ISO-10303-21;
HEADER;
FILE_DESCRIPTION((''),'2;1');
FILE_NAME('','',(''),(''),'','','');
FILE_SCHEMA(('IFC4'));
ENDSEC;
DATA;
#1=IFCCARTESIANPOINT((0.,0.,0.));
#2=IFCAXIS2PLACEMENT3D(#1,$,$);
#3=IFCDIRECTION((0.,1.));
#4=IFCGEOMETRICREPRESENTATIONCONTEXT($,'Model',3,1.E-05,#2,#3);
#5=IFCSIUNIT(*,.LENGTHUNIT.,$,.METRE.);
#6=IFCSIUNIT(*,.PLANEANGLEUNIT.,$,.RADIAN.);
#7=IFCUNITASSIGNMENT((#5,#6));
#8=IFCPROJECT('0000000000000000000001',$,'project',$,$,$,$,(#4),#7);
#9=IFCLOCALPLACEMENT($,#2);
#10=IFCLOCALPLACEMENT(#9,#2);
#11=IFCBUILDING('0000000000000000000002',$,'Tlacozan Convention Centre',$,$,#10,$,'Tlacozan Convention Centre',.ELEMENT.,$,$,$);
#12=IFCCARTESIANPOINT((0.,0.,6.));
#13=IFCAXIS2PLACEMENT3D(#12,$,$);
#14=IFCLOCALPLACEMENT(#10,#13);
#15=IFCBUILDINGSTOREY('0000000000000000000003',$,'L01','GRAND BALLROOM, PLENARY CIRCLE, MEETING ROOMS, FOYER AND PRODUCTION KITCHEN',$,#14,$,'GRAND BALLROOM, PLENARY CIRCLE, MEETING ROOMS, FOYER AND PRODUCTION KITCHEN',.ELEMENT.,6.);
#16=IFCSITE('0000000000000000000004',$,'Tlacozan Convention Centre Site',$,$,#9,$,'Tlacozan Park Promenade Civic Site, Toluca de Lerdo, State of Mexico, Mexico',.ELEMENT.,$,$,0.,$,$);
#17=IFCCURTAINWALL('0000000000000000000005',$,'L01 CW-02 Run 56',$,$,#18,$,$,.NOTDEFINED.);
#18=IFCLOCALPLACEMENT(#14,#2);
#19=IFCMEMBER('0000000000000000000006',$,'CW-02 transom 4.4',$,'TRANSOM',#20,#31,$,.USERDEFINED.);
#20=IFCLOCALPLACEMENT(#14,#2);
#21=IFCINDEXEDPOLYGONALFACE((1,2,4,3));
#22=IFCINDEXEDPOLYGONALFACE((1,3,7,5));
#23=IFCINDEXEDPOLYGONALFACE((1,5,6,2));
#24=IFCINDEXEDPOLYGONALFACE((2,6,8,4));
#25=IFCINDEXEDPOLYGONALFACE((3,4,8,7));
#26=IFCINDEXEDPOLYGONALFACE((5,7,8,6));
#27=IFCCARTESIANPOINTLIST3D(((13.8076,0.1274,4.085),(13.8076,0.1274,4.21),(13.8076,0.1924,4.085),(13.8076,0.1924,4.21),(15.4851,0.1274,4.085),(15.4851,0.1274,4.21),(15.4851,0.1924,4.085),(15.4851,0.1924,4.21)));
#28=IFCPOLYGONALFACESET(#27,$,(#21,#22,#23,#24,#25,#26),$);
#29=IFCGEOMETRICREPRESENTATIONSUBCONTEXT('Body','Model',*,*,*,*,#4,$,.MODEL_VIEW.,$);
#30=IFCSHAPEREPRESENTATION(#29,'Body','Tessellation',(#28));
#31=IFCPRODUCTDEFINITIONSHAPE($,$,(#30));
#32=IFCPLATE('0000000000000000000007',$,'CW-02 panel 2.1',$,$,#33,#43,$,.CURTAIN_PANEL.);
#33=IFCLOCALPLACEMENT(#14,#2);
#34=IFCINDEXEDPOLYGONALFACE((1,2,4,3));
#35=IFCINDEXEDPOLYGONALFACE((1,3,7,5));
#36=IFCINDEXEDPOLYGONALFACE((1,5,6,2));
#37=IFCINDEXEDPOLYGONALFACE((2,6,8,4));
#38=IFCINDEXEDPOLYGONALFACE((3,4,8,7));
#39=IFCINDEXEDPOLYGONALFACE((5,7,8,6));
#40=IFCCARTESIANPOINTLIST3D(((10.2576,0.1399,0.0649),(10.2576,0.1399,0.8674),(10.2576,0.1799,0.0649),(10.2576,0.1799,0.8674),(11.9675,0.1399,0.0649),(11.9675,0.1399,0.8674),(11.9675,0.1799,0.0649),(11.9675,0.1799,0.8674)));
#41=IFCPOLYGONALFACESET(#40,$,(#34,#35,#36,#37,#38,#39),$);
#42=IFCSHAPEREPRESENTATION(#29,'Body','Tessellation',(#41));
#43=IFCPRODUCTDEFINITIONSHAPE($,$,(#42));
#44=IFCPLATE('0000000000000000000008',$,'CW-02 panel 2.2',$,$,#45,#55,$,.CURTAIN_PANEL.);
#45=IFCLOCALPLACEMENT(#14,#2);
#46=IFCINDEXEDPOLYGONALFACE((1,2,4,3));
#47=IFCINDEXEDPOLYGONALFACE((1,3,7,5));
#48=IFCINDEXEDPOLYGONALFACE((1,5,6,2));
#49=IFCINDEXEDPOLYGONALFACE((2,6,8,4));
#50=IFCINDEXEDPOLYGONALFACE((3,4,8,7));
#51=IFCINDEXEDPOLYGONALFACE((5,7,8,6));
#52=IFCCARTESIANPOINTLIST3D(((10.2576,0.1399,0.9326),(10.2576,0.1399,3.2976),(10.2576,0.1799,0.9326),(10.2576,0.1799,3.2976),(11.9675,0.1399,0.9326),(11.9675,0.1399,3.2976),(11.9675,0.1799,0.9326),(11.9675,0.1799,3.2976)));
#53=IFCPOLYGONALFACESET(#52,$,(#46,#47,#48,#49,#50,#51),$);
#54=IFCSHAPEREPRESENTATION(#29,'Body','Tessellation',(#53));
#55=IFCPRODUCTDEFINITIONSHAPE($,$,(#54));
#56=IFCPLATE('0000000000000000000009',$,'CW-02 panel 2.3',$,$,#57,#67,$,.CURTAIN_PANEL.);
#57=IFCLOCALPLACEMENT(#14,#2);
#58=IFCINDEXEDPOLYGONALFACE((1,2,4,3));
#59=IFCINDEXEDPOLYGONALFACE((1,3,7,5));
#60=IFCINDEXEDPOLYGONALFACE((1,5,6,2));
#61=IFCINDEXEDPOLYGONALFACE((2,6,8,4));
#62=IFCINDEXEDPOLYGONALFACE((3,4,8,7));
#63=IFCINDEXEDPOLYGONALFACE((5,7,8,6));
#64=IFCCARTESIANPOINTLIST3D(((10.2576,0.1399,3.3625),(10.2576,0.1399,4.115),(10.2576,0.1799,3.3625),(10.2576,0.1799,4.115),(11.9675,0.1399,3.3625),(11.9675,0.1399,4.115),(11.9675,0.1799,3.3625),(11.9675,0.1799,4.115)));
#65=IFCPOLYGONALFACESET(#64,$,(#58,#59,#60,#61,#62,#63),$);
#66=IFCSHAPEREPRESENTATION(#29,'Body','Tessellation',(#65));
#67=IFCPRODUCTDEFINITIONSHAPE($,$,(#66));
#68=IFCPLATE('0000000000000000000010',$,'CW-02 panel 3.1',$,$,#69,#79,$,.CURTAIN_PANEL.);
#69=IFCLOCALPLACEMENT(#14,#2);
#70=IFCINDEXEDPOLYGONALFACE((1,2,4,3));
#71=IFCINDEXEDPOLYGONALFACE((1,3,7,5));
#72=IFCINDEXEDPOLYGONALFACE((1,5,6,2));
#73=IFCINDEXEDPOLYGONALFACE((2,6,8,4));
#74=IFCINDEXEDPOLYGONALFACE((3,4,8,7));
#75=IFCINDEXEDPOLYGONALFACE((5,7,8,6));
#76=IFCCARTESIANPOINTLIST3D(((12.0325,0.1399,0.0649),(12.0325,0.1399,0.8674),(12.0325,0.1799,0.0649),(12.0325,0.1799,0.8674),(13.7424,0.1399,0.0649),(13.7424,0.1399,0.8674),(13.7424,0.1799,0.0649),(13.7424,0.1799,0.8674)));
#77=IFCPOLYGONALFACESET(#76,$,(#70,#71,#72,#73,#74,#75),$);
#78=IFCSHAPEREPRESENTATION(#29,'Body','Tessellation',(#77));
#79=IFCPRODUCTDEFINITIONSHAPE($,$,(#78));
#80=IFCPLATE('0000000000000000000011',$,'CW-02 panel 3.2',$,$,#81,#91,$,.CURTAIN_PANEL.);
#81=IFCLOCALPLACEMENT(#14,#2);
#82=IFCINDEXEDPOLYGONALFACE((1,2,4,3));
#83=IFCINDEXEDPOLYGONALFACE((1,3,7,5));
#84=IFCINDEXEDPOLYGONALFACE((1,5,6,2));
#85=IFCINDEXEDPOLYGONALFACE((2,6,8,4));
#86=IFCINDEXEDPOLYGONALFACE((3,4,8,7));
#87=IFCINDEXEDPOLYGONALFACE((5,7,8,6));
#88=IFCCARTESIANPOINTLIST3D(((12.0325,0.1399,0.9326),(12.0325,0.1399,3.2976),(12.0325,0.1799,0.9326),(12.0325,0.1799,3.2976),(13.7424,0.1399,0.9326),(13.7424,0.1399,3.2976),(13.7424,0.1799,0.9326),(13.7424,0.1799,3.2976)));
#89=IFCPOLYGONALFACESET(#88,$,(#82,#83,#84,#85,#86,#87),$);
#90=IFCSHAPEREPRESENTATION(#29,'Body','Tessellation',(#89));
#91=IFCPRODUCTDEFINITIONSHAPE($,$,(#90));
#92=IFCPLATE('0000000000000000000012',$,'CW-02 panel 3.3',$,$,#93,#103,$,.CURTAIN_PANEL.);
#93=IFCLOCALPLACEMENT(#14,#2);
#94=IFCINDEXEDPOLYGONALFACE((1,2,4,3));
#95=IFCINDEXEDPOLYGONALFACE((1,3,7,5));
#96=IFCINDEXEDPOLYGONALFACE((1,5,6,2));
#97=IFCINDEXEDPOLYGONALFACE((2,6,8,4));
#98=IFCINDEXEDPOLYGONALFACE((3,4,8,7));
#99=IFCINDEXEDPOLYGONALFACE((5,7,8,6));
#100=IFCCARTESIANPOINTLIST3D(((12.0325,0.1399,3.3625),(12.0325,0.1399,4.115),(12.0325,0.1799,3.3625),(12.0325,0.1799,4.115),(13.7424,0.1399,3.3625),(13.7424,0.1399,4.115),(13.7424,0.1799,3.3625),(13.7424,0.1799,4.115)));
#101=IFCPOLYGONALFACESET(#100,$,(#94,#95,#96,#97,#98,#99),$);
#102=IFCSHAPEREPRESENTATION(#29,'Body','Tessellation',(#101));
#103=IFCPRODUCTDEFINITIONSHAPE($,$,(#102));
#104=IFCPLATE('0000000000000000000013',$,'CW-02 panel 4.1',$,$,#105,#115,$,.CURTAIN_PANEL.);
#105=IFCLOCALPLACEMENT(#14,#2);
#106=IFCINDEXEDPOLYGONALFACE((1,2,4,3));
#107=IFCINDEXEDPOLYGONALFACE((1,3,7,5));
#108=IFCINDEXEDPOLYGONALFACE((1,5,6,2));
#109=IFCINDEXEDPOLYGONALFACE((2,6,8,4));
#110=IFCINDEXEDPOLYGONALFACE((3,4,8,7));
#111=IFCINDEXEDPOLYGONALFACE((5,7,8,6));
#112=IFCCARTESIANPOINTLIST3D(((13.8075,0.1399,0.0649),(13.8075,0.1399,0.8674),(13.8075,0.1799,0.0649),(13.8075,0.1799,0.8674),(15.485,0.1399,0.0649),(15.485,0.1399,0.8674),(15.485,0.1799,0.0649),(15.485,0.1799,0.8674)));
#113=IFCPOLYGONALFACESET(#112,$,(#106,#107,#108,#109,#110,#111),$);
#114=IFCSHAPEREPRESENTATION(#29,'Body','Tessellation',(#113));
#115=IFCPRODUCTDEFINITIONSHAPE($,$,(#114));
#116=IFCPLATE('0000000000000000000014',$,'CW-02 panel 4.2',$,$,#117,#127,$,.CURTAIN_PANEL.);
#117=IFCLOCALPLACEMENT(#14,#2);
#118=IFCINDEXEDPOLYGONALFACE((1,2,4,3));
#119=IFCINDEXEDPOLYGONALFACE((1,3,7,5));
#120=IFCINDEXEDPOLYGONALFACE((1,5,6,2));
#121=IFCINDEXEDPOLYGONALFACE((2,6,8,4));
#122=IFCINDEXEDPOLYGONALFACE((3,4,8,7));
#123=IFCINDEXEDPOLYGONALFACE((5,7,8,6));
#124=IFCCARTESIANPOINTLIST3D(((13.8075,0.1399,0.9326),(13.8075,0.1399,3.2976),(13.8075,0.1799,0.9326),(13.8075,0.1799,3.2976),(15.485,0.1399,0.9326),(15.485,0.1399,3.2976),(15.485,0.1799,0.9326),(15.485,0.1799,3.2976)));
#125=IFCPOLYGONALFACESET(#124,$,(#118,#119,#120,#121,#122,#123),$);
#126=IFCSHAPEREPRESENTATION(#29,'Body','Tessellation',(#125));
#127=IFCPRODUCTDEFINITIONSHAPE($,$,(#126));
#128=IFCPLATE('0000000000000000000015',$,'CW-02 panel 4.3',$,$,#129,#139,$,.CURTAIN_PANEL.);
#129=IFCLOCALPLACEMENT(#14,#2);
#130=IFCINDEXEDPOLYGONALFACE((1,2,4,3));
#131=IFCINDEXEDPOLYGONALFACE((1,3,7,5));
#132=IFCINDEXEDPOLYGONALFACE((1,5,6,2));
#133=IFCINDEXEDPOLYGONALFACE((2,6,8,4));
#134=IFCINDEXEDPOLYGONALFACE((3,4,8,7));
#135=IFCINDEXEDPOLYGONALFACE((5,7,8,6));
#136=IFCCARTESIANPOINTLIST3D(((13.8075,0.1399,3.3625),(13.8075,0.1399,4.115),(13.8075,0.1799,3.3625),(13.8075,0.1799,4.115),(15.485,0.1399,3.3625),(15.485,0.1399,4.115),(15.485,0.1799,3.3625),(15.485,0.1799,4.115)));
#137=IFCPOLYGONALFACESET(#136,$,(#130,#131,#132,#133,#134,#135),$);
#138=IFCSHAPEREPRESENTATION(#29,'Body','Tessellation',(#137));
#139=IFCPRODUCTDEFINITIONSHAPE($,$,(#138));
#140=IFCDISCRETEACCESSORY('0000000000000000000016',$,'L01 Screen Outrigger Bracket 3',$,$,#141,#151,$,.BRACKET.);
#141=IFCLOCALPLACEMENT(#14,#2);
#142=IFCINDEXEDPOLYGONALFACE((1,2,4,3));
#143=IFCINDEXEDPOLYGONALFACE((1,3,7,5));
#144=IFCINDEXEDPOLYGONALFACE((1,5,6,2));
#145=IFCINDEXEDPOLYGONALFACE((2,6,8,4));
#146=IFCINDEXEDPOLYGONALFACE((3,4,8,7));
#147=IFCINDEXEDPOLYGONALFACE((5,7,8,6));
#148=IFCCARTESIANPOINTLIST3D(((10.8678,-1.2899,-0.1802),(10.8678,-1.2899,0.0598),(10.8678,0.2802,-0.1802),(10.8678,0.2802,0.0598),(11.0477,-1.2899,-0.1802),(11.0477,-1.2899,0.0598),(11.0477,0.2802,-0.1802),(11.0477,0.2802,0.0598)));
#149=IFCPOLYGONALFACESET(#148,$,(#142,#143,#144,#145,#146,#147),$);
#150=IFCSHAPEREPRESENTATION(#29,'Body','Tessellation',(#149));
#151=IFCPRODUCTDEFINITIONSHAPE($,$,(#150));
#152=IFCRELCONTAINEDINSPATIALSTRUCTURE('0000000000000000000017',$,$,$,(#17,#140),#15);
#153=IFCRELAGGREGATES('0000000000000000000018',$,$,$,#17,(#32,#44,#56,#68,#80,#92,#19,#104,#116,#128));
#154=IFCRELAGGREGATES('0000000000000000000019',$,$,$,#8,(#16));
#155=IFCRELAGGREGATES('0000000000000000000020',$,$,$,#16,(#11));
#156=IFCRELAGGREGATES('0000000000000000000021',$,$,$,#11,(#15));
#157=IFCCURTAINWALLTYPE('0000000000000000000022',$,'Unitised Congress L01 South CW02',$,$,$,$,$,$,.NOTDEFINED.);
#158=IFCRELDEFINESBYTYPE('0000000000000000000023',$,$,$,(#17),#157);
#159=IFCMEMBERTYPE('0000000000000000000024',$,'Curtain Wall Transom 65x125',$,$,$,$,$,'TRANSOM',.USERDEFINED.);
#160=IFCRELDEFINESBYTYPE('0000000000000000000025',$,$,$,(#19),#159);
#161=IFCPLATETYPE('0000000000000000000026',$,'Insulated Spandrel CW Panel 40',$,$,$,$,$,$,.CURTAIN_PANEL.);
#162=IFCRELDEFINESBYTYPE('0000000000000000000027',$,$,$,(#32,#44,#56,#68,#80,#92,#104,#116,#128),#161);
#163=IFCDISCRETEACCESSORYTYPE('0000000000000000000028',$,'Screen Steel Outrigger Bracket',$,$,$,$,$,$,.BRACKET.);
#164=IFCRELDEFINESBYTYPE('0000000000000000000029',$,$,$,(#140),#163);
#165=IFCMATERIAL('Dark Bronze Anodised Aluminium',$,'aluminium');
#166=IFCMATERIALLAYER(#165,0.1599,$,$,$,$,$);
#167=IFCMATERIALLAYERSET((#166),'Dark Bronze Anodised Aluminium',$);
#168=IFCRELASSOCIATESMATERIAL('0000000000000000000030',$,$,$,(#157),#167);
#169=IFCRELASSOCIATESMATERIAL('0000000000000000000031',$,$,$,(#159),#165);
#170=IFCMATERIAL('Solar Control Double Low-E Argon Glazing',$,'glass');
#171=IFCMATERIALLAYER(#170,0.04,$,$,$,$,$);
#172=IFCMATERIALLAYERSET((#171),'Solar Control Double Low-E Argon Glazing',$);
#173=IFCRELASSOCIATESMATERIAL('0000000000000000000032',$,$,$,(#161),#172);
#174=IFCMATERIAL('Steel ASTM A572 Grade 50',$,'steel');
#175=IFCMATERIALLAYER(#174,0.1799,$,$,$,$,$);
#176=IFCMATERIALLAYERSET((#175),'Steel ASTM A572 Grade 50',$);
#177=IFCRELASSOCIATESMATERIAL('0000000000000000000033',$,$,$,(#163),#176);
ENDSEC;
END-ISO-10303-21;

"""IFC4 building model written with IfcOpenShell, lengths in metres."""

from ifc_helpers import new_model, si_unit, direction, frame, origin, origin_2d, place, context, subcontext, project, spatial, rectangle, extrude, material, layer, layer_set, material_profile, profile_set, type_object, element, aggregate, save


model = new_model("IFC4")

# Units and contexts
model_context = context("Model", 3, precision=1e-05, world=origin(), true_north=direction((0.0, 1.0)))
body_context = subcontext(model_context, "Body", "Model", "MODEL_VIEW")
ifc_project = project(units=[si_unit("LENGTHUNIT", "METRE"), si_unit("PLANEANGLEUNIT", "RADIAN")], contexts=[model_context])

# Site, building, storey
site_placement = place(None, origin())
site = spatial("IfcSite", under=ifc_project, at=site_placement, Name="Tlacozan Convention Centre Site", LongName="Tlacozan Park Promenade Civic Site, Toluca de Lerdo, State of Mexico, Mexico", CompositionType="ELEMENT", RefElevation=0.0)
building_placement = place(site_placement, origin())
building = spatial("IfcBuilding", under=site, at=building_placement, Name="Tlacozan Convention Centre", LongName="Tlacozan Convention Centre", CompositionType="ELEMENT")
storey_placement = place(building_placement, frame((0.0, 0.0, 6.0)))
storey = spatial("IfcBuildingStorey", under=building, at=storey_placement, Name="L01", Description="GRAND BALLROOM, PLENARY CIRCLE, MEETING ROOMS, FOYER AND PRODUCTION KITCHEN", LongName="GRAND BALLROOM, PLENARY CIRCLE, MEETING ROOMS, FOYER AND PRODUCTION KITCHEN", CompositionType="ELEMENT", Elevation=6.0)

# Curtain wall, member, plates
ifc_material_1 = material(Name="Dark Bronze Anodised Aluminium", Category="aluminium")
ifc_layer_1 = layer(ifc_material_1, 0.1599)
ifc_layer_set_1 = layer_set([ifc_layer_1], Name="Dark Bronze Anodised Aluminium")
curtain_wall_type = type_object("IfcCurtainWallType", Name="Unitised Congress L01 South CW02", PredefinedType="NOTDEFINED", material=ifc_layer_set_1)
curtain_wall_placement = place(storey_placement, origin())
curtain_wall = element("IfcCurtainWall", 1, at=curtain_wall_placement, inside=storey, type_object=curtain_wall_type, Name="L01 CW-02 Run 56", PredefinedType="NOTDEFINED")
ifc_material_profile_1 = material_profile(ifc_material_1, rectangle(XDim=0.0649, YDim=0.125, at=origin_2d()), Name="ALU 65x125")
ifc_profile_set_1 = profile_set([ifc_material_profile_1], Name="Dark Bronze Anodised Aluminium")
member_type_1 = type_object("IfcMemberType", Name="Curtain Wall Transom 65x125", ElementType="TRANSOM", PredefinedType="USERDEFINED", material=ifc_profile_set_1)
member_1_placement = place(storey_placement, frame((13.8076, 0.1599, 4.1475), z_axis=(1.0, 0.0, 0.0), x_axis=(0.0, 1.0, 0.0)))
member_1 = element("IfcMember", 2, at=member_1_placement, type_object=member_type_1, Name="CW-02 transom 4.4", ObjectType="TRANSOM", PredefinedType="USERDEFINED", context=body_context, shape_type="SweptSolid", body=[
    extrude(rectangle(XDim=0.0649, YDim=0.125, at=origin_2d()), origin(), (0.0, 0.0, 1.0), 1.6775),
])
ifc_material_2 = material(Name="Solar Control Double Low-E Argon Glazing", Category="glass")
ifc_layer_2 = layer(ifc_material_2, 0.04)
ifc_layer_set_2 = layer_set([ifc_layer_2], Name="Solar Control Double Low-E Argon Glazing")
plate_type = type_object("IfcPlateType", Name="Insulated Spandrel CW Panel 40", PredefinedType="CURTAIN_PANEL", material=ifc_layer_set_2)
plate_1_placement = place(storey_placement, frame((11.1125, 0.1599, 0.0649), z_axis=(0.0, 0.0, 1.0), x_axis=(1.0, 0.0, 0.0)))
plate_1 = element("IfcPlate", 3, at=plate_1_placement, type_object=plate_type, Name="CW-02 panel 2.1", PredefinedType="CURTAIN_PANEL", context=body_context, shape_type="SweptSolid", body=[
    extrude(rectangle(XDim=1.71, YDim=0.04, at=origin_2d()), origin(), (0.0, 0.0, 1.0), 0.8025),
])
plate_2_placement = place(storey_placement, frame((11.1125, 0.1599, 0.9326), z_axis=(0.0, 0.0, 1.0), x_axis=(1.0, 0.0, 0.0)))
plate_2 = element("IfcPlate", 4, at=plate_2_placement, type_object=plate_type, Name="CW-02 panel 2.2", PredefinedType="CURTAIN_PANEL", context=body_context, shape_type="SweptSolid", body=[
    extrude(rectangle(XDim=1.71, YDim=0.04, at=origin_2d()), origin(), (0.0, 0.0, 1.0), 2.365),
])
plate_3_placement = place(storey_placement, frame((11.1125, 0.1599, 3.3625), z_axis=(0.0, 0.0, 1.0), x_axis=(1.0, 0.0, 0.0)))
plate_3 = element("IfcPlate", 5, at=plate_3_placement, type_object=plate_type, Name="CW-02 panel 2.3", PredefinedType="CURTAIN_PANEL", context=body_context, shape_type="SweptSolid", body=[
    extrude(rectangle(XDim=1.71, YDim=0.04, at=origin_2d()), origin(), (0.0, 0.0, 1.0), 0.7524),
])
plate_4_placement = place(storey_placement, frame((12.8875, 0.1599, 0.0649), z_axis=(0.0, 0.0, 1.0), x_axis=(1.0, 0.0, 0.0)))
plate_4 = element("IfcPlate", 6, at=plate_4_placement, type_object=plate_type, Name="CW-02 panel 3.1", PredefinedType="CURTAIN_PANEL", context=body_context, shape_type="SweptSolid", body=[
    extrude(rectangle(XDim=1.71, YDim=0.04, at=origin_2d()), origin(), (0.0, 0.0, 1.0), 0.8025),
])
plate_5_placement = place(storey_placement, frame((12.8875, 0.1599, 0.9326), z_axis=(0.0, 0.0, 1.0), x_axis=(1.0, 0.0, 0.0)))
plate_5 = element("IfcPlate", 7, at=plate_5_placement, type_object=plate_type, Name="CW-02 panel 3.2", PredefinedType="CURTAIN_PANEL", context=body_context, shape_type="SweptSolid", body=[
    extrude(rectangle(XDim=1.71, YDim=0.04, at=origin_2d()), origin(), (0.0, 0.0, 1.0), 2.365),
])
plate_6_placement = place(storey_placement, frame((12.8875, 0.1599, 3.3625), z_axis=(0.0, 0.0, 1.0), x_axis=(1.0, 0.0, 0.0)))
plate_6 = element("IfcPlate", 8, at=plate_6_placement, type_object=plate_type, Name="CW-02 panel 3.3", PredefinedType="CURTAIN_PANEL", context=body_context, shape_type="SweptSolid", body=[
    extrude(rectangle(XDim=1.71, YDim=0.04, at=origin_2d()), origin(), (0.0, 0.0, 1.0), 0.7524),
])
plate_7_placement = place(storey_placement, frame((14.6462, 0.1599, 0.0649), z_axis=(0.0, 0.0, 1.0), x_axis=(1.0, 0.0, 0.0)))
plate_7 = element("IfcPlate", 9, at=plate_7_placement, type_object=plate_type, Name="CW-02 panel 4.1", PredefinedType="CURTAIN_PANEL", context=body_context, shape_type="SweptSolid", body=[
    extrude(rectangle(XDim=1.6775, YDim=0.04, at=origin_2d()), origin(), (0.0, 0.0, 1.0), 0.8025),
])
plate_8_placement = place(storey_placement, frame((14.6462, 0.1599, 0.9326), z_axis=(0.0, 0.0, 1.0), x_axis=(1.0, 0.0, 0.0)))
plate_8 = element("IfcPlate", 10, at=plate_8_placement, type_object=plate_type, Name="CW-02 panel 4.2", PredefinedType="CURTAIN_PANEL", context=body_context, shape_type="SweptSolid", body=[
    extrude(rectangle(XDim=1.6775, YDim=0.04, at=origin_2d()), origin(), (0.0, 0.0, 1.0), 2.365),
])
plate_9_placement = place(storey_placement, frame((14.6462, 0.1599, 3.3625), z_axis=(0.0, 0.0, 1.0), x_axis=(1.0, 0.0, 0.0)))
plate_9 = element("IfcPlate", 11, at=plate_9_placement, type_object=plate_type, Name="CW-02 panel 4.3", PredefinedType="CURTAIN_PANEL", context=body_context, shape_type="SweptSolid", body=[
    extrude(rectangle(XDim=1.6775, YDim=0.04, at=origin_2d()), origin(), (0.0, 0.0, 1.0), 0.7524),
])
aggregate(curtain_wall, [plate_1, plate_2, plate_3, plate_4, plate_5, plate_6, member_1, plate_7, plate_8, plate_9])

# Discrete accessory
ifc_material_3 = material(Name="Steel ASTM A572 Grade 50", Category="steel")
ifc_layer_3 = layer(ifc_material_3, 0.1799)
ifc_layer_set_3 = layer_set([ifc_layer_3], Name="Steel ASTM A572 Grade 50")
discrete_accessory_type = type_object("IfcDiscreteAccessoryType", Name="Screen Steel Outrigger Bracket", PredefinedType="BRACKET", material=ifc_layer_set_3)
discrete_accessory_placement = place(storey_placement, frame((10.9578, -0.5049, -0.1802), z_axis=(0.0, 0.0, 1.0), x_axis=(0.0, 1.0, 0.0)))
element("IfcDiscreteAccessory", 12, at=discrete_accessory_placement, inside=storey, type_object=discrete_accessory_type, Name="L01 Screen Outrigger Bracket 3", PredefinedType="BRACKET", context=body_context, shape_type="SweptSolid", body=[
    extrude(rectangle(XDim=1.5701, YDim=0.1799, at=origin_2d()), origin(), (0.0, 0.0, 1.0), 0.24),
])

save(model, "model.ifc")
